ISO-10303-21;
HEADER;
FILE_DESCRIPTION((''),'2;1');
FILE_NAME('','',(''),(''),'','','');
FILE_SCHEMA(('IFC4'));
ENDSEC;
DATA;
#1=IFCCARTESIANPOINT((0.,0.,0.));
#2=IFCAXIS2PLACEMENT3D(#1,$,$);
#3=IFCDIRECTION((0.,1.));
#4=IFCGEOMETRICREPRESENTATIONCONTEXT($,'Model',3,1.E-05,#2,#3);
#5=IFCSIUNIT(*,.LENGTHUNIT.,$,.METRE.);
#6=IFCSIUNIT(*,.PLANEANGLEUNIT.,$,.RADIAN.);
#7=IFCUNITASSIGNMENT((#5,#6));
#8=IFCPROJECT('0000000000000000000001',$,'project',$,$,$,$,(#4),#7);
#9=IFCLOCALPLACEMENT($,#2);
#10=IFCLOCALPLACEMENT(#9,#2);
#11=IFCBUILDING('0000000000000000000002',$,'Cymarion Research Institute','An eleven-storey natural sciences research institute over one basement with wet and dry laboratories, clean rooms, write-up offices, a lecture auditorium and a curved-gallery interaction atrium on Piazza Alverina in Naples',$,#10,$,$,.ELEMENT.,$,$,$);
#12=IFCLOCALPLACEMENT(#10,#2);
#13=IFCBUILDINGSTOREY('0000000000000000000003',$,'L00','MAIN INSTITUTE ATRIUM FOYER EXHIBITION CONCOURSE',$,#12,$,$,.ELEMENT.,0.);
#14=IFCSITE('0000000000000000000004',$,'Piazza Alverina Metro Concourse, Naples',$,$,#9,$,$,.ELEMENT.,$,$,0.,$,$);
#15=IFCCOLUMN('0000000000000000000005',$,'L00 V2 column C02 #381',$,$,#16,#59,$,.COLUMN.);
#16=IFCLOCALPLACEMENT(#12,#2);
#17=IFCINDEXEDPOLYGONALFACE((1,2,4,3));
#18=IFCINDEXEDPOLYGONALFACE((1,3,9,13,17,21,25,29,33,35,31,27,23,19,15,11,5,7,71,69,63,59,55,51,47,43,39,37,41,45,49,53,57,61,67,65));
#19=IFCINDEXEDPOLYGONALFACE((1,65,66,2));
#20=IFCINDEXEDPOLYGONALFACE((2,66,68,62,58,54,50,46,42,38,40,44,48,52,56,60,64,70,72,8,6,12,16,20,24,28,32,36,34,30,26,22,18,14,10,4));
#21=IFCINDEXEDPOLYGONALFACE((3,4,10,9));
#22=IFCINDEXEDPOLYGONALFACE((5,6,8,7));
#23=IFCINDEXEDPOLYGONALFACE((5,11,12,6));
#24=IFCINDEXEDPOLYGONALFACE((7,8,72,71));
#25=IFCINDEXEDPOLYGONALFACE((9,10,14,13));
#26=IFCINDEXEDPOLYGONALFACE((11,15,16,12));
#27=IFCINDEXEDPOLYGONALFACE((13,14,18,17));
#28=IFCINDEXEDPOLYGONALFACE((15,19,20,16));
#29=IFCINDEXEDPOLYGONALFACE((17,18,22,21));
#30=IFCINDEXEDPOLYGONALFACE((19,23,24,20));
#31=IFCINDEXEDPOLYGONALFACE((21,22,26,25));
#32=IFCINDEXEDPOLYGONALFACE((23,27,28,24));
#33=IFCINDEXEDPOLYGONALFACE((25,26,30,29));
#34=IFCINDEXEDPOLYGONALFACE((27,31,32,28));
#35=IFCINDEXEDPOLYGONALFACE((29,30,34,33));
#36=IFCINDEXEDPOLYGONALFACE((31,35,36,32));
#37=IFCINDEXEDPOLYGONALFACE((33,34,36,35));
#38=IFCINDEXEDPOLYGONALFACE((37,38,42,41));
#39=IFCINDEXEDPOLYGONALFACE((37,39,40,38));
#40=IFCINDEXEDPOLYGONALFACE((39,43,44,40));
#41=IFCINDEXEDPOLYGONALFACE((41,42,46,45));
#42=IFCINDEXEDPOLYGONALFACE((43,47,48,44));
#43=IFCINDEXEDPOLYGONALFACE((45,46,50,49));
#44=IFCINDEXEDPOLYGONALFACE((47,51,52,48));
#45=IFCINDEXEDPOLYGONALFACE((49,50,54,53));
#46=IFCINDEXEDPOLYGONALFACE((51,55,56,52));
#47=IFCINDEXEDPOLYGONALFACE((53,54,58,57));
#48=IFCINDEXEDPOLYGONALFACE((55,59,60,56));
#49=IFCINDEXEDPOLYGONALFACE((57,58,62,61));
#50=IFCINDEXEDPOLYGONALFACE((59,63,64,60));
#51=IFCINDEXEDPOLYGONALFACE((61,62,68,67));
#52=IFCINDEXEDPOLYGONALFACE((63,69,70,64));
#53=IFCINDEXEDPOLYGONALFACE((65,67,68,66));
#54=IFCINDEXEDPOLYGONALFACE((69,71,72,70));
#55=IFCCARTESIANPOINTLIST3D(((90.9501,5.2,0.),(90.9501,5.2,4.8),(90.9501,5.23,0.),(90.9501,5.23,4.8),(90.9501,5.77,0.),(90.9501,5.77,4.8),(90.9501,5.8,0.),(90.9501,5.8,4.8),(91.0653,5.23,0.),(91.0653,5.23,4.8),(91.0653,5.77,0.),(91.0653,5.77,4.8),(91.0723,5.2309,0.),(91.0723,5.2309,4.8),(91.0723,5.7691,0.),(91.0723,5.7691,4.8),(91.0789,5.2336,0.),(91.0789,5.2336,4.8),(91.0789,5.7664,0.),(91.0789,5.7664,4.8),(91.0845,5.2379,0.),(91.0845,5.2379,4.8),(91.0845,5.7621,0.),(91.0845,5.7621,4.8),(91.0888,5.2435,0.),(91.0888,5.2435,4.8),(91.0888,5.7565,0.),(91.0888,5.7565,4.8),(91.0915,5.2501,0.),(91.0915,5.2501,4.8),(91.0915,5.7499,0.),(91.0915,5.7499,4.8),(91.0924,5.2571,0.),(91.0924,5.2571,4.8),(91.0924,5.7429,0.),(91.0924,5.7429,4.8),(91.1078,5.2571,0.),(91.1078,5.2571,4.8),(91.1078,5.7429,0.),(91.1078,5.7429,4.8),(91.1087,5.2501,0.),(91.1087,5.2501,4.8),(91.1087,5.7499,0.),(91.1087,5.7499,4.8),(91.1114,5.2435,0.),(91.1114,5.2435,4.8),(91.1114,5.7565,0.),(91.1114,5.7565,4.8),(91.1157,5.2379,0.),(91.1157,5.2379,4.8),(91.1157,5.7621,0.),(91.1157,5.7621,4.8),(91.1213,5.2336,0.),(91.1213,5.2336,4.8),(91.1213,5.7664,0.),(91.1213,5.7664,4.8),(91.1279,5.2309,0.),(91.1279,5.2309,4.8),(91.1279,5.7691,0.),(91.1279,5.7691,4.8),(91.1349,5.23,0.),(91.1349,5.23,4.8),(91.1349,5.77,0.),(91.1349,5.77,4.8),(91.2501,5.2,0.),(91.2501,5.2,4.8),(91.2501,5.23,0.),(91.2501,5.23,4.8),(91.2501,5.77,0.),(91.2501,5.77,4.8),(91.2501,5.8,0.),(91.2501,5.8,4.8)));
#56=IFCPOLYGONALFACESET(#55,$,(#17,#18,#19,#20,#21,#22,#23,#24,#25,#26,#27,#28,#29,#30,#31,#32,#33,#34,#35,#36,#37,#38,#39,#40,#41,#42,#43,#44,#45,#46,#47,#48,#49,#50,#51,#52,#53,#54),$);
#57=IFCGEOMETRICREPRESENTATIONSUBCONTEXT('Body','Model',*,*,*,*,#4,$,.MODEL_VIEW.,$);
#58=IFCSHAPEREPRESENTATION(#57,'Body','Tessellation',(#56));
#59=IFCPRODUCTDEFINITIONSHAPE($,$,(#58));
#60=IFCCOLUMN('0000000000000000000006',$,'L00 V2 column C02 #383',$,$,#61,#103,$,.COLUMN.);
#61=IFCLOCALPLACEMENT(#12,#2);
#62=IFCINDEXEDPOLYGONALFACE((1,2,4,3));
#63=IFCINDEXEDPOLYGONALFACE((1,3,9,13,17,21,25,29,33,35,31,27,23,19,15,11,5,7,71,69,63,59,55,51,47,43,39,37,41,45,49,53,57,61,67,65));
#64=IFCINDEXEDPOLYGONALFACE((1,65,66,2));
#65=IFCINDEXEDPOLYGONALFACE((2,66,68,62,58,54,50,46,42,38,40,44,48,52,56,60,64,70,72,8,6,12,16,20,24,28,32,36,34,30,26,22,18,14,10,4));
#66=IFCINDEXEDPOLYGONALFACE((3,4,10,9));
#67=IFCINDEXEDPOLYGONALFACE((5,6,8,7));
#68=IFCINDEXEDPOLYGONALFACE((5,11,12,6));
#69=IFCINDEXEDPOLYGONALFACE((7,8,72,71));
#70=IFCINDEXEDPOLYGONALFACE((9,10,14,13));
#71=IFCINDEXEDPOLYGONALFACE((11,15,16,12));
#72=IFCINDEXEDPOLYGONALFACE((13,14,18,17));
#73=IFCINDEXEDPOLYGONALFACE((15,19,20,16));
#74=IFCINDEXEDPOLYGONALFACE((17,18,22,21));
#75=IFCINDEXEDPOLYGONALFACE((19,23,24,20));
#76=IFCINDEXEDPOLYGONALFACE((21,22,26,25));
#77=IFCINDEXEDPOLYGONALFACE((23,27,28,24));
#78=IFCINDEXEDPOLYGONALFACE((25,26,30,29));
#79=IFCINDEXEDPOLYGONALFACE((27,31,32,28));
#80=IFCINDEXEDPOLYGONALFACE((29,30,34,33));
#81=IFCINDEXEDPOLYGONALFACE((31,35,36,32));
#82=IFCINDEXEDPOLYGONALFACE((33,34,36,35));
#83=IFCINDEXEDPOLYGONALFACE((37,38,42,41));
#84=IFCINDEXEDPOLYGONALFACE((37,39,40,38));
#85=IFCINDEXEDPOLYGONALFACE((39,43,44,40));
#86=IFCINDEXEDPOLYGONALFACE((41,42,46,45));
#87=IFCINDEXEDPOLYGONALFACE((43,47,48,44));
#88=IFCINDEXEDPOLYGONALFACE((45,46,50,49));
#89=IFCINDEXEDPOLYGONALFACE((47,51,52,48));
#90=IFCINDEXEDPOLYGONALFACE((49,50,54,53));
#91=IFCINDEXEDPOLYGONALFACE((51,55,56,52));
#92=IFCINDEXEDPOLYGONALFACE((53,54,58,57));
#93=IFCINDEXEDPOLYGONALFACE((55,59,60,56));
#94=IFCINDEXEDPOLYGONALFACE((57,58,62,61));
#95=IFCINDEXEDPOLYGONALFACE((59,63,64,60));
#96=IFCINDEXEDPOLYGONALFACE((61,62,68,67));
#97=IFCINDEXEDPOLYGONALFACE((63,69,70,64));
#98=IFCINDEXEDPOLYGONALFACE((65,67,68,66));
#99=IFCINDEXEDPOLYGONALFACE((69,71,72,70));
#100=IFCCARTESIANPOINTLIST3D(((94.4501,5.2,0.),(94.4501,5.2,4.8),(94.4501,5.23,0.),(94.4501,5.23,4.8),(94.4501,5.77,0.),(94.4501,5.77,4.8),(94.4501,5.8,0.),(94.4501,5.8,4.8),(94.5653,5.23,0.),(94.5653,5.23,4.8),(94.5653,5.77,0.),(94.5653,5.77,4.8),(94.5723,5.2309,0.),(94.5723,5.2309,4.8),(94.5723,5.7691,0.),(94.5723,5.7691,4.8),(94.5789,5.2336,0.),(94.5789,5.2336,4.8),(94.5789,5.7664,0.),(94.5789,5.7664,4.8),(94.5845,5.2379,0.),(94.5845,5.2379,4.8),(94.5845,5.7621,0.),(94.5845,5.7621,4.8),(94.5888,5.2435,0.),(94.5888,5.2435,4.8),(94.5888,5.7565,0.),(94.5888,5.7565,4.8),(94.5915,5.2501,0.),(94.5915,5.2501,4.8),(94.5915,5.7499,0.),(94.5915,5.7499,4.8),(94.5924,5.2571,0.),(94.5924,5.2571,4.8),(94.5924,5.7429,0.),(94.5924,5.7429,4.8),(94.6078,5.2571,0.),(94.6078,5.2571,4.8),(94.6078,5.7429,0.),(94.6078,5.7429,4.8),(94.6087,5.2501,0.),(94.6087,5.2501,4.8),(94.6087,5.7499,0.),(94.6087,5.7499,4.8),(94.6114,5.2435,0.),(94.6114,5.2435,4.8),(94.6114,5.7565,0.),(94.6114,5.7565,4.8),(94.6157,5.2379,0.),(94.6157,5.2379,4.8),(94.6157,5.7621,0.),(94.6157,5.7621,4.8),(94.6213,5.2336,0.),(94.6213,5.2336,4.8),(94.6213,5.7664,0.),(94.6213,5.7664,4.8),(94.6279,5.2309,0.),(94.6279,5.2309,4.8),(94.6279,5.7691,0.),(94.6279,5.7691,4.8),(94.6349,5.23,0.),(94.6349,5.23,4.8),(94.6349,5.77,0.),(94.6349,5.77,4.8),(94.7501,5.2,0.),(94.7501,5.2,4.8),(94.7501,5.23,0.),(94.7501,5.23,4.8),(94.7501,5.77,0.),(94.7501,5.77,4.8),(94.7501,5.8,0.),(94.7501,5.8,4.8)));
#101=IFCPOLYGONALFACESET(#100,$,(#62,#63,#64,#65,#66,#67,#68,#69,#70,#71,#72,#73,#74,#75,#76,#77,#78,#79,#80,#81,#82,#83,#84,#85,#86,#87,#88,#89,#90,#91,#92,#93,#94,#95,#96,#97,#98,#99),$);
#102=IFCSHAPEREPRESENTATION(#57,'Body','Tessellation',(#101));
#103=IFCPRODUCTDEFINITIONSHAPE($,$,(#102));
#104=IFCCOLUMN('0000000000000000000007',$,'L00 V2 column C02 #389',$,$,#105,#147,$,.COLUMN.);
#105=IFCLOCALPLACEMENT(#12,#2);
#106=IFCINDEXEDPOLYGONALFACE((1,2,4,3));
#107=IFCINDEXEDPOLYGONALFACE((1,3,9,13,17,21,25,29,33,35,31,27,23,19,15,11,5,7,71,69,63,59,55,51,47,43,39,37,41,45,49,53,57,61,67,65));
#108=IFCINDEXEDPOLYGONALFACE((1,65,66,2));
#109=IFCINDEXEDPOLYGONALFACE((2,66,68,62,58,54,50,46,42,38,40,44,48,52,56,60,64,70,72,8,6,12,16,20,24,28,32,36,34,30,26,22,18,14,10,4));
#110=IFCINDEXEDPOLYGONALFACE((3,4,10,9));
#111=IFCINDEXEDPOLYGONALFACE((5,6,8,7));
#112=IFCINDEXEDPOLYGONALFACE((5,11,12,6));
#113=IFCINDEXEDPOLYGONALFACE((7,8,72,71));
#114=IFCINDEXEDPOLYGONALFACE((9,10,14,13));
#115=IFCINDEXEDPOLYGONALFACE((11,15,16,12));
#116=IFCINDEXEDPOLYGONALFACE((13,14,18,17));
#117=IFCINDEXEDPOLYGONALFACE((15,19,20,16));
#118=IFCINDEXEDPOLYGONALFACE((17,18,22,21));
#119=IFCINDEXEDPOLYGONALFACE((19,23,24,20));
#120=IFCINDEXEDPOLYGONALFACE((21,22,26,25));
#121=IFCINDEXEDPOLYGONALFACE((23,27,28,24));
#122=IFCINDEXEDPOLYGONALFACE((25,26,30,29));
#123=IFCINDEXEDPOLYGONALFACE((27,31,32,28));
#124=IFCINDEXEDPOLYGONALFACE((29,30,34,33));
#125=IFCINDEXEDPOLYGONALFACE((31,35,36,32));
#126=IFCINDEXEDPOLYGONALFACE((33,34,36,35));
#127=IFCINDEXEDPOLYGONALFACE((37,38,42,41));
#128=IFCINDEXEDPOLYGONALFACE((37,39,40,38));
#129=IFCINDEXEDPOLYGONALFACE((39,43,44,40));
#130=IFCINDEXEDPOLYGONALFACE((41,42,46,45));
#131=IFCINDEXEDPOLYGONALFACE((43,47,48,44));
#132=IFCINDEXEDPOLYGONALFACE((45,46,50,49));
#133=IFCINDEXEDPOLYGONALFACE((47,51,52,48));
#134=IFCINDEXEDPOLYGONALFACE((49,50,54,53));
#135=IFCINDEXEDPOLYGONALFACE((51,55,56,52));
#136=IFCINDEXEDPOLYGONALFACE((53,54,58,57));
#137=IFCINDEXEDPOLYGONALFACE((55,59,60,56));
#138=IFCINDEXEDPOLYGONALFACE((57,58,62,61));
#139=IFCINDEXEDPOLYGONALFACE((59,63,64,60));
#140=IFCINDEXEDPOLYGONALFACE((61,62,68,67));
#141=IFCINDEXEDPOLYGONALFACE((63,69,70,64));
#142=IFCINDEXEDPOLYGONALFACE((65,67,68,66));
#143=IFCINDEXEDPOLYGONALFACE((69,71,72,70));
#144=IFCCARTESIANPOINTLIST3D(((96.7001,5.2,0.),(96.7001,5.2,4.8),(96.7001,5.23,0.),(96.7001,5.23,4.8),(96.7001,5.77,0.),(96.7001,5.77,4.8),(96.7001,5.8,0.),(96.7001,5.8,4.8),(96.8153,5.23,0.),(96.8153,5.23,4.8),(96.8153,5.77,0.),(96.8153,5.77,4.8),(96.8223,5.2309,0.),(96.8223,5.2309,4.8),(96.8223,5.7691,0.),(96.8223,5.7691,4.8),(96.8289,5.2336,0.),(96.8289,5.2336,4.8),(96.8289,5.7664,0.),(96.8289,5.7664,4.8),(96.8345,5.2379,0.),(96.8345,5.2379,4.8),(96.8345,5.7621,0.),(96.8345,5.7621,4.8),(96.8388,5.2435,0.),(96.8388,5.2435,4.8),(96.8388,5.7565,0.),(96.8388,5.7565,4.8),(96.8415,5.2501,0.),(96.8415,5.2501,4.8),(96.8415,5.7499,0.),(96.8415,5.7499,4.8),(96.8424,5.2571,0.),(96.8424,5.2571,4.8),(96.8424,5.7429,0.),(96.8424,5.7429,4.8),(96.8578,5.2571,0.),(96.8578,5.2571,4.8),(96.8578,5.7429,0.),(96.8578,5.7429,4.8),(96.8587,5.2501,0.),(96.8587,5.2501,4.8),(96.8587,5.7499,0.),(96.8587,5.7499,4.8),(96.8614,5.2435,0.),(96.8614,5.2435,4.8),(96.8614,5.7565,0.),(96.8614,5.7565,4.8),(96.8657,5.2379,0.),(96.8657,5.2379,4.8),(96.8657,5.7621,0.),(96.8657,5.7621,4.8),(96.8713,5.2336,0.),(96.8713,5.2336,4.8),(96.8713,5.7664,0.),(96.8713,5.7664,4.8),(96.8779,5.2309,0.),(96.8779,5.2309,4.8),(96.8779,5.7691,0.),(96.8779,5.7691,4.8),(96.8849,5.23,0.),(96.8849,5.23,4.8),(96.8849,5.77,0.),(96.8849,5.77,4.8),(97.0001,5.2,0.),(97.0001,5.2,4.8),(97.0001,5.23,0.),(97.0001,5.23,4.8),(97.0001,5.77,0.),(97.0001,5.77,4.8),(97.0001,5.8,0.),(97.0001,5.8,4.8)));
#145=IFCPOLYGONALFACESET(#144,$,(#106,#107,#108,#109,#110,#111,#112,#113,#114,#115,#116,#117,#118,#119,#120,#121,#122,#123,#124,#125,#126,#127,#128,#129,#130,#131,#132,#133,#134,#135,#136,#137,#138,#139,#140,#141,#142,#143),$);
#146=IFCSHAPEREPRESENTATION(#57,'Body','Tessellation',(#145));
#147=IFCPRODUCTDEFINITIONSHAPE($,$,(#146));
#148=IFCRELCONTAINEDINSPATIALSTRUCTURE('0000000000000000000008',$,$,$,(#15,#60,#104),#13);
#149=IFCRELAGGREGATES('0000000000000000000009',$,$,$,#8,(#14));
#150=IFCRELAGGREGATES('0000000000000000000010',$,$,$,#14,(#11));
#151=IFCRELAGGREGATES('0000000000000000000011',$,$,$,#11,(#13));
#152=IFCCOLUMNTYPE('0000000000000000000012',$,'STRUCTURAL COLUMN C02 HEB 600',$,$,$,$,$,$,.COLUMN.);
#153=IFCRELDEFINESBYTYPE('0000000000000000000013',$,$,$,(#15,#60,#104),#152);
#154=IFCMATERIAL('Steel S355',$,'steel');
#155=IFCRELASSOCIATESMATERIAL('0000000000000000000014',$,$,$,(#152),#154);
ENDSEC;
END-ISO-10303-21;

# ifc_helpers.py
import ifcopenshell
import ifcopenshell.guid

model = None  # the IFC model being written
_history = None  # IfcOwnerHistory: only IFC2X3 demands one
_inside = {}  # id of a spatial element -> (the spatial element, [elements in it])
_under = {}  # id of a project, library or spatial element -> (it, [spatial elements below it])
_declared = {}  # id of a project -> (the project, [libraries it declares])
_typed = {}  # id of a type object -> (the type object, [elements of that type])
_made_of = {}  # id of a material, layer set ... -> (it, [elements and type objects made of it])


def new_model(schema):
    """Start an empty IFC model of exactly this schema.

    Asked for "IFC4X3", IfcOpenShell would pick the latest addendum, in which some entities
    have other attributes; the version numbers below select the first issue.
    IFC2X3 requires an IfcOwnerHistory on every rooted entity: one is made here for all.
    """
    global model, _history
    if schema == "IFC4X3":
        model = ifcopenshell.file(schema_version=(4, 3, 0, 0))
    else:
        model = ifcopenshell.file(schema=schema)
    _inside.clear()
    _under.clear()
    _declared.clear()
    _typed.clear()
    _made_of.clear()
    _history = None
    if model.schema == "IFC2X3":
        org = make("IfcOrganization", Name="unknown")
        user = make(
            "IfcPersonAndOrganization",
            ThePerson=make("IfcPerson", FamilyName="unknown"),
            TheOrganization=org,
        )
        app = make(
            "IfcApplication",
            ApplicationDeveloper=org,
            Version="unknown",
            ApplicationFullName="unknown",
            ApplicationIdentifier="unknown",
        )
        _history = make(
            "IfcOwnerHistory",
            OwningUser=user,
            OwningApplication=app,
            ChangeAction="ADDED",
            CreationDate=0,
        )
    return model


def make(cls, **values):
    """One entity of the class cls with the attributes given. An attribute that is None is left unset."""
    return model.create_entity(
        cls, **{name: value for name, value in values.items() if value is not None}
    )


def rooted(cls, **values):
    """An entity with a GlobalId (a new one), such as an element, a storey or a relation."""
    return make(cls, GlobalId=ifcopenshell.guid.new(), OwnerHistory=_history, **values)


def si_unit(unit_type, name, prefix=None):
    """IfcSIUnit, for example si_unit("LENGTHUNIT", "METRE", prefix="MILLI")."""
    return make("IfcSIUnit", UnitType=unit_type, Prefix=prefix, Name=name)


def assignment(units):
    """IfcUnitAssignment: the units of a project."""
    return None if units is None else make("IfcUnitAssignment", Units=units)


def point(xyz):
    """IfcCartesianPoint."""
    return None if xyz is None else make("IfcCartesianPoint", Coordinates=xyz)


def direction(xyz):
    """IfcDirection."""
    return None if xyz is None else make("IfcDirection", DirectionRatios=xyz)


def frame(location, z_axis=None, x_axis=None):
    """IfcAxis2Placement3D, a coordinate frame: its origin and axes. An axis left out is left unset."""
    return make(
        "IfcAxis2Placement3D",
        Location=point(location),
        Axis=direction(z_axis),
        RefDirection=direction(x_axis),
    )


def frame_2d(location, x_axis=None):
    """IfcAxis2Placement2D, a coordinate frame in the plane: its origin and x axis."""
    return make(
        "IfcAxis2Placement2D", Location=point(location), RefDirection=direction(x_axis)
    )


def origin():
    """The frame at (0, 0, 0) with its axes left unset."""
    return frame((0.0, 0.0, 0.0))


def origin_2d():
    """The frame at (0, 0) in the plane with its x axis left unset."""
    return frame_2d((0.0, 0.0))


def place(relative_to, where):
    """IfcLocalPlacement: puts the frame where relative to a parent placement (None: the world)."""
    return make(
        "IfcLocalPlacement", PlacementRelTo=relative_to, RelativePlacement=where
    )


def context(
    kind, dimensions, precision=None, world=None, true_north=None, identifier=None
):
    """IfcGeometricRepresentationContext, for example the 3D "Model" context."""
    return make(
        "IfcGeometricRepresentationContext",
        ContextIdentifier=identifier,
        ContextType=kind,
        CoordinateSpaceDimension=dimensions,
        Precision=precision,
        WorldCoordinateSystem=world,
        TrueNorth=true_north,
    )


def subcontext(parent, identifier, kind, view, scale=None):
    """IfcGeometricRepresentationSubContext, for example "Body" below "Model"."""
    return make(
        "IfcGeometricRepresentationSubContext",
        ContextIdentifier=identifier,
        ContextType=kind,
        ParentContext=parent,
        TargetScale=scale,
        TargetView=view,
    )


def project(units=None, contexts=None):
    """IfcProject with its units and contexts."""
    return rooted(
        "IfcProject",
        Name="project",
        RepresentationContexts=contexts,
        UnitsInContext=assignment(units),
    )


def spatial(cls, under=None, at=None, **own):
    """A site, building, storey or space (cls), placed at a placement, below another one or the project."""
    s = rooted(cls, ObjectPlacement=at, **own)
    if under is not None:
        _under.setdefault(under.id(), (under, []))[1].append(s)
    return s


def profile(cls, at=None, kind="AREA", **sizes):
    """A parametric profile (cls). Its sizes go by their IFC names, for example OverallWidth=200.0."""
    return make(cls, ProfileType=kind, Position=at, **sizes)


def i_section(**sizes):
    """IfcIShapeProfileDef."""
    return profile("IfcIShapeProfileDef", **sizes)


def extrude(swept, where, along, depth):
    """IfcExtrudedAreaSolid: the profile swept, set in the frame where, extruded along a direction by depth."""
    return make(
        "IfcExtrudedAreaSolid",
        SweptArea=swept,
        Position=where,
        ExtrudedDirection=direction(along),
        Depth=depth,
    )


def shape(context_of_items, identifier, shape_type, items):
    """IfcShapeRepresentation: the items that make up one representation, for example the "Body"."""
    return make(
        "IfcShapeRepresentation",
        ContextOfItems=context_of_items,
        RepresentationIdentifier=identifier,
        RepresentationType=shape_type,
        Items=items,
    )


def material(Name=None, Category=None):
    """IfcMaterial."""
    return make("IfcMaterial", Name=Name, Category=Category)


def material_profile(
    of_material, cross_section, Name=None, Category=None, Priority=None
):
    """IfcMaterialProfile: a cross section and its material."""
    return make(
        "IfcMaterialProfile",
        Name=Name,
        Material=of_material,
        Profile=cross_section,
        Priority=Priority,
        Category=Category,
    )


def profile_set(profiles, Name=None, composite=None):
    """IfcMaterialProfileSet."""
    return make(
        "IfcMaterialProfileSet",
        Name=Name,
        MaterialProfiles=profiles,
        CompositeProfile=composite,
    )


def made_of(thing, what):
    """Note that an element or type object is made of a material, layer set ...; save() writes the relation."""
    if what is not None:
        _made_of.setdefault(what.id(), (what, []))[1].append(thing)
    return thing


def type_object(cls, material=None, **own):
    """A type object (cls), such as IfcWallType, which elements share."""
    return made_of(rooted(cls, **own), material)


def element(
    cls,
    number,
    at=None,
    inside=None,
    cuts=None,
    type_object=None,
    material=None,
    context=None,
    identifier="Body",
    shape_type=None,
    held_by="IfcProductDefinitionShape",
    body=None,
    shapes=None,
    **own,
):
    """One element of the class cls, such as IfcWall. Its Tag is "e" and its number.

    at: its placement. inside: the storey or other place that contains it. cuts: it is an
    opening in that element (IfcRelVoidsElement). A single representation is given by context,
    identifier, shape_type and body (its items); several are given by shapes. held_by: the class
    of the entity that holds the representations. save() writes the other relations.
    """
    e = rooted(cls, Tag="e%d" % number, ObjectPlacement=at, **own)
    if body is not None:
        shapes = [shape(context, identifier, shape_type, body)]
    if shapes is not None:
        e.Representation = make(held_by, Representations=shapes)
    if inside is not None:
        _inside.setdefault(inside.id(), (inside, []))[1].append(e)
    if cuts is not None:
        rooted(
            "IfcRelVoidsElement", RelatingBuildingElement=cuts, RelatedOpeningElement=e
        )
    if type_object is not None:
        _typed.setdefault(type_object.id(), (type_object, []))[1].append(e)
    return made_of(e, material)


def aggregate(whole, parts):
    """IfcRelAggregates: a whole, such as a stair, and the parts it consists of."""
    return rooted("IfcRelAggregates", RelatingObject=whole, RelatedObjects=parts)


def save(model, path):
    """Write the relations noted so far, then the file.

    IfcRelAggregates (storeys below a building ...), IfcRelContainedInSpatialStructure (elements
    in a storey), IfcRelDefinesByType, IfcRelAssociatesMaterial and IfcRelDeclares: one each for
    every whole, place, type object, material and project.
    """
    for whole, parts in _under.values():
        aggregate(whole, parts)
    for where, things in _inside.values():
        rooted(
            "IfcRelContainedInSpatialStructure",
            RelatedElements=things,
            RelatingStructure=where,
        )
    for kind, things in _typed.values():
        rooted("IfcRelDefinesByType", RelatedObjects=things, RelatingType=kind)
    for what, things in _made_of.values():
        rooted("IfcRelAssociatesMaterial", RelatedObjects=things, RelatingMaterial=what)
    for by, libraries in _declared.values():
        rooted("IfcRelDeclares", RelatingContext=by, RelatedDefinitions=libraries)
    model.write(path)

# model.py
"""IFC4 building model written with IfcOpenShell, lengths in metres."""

from ifc_helpers import new_model, si_unit, direction, frame, origin, origin_2d, place, context, subcontext, project, spatial, i_section, extrude, material, material_profile, profile_set, type_object, element, save


model = new_model("IFC4")

# Units and contexts
model_context = context("Model", 3, precision=1e-05, world=origin(), true_north=direction((0.0, 1.0)))
body_context = subcontext(model_context, "Body", "Model", "MODEL_VIEW")
ifc_project = project(units=[si_unit("LENGTHUNIT", "METRE"), si_unit("PLANEANGLEUNIT", "RADIAN")], contexts=[model_context])

# Site, building, storey
site_placement = place(None, origin())
site = spatial("IfcSite", under=ifc_project, at=site_placement, Name="Piazza Alverina Metro Concourse, Naples", CompositionType="ELEMENT", RefElevation=0.0)
building_placement = place(site_placement, origin())
building = spatial("IfcBuilding", under=site, at=building_placement, Name="Cymarion Research Institute", Description="An eleven-storey natural sciences research institute over one basement with wet and dry laboratories, clean rooms, write-up offices, a lecture auditorium and a curved-gallery interaction atrium on Piazza Alverina in Naples", CompositionType="ELEMENT")
storey_placement = place(building_placement, origin())
storey = spatial("IfcBuildingStorey", under=building, at=storey_placement, Name="L00", Description="MAIN INSTITUTE ATRIUM FOYER EXHIBITION CONCOURSE", CompositionType="ELEMENT", Elevation=0.0)

# Columns
ifc_material_1 = material(Name="Steel S355", Category="steel")
ifc_material_profile_1 = material_profile(ifc_material_1, i_section(OverallWidth=0.3, OverallDepth=0.6001, WebThickness=0.0154, FlangeThickness=0.03, FilletRadius=0.0271, at=origin_2d()), Name="HEB 600")
ifc_profile_set_1 = profile_set([ifc_material_profile_1], Name="Steel S355")
column_type_1 = type_object("IfcColumnType", Name="STRUCTURAL COLUMN C02 HEB 600", PredefinedType="COLUMN", material=ifc_profile_set_1)
for number, where, z_axis, x_axis, name in (
    (1, (91.1001, 5.5, 0.0), (0.0, 0.0, 1.0), (1.0, 0.0, 0.0), "L00 V2 column C02 #381"),
    (2, (94.6001, 5.5, 0.0), (0.0, 0.0, 1.0), (1.0, 0.0, 0.0), "L00 V2 column C02 #383"),
    (3, (96.8501, 5.5, 0.0), (0.0, 0.0, 1.0), (1.0, 0.0, 0.0), "L00 V2 column C02 #389"),
):
    element("IfcColumn", number, at=place(storey_placement, frame(where, z_axis=z_axis, x_axis=x_axis)), inside=storey, type_object=column_type_1, Name=name, PredefinedType="COLUMN", context=body_context, shape_type="SweptSolid", body=[
        extrude(i_section(OverallWidth=0.3, OverallDepth=0.6001, WebThickness=0.0154, FlangeThickness=0.03, FilletRadius=0.0271, at=origin_2d()), origin(), (0.0, 0.0, 1.0), 4.8),
    ])

save(model, "model.ifc")
